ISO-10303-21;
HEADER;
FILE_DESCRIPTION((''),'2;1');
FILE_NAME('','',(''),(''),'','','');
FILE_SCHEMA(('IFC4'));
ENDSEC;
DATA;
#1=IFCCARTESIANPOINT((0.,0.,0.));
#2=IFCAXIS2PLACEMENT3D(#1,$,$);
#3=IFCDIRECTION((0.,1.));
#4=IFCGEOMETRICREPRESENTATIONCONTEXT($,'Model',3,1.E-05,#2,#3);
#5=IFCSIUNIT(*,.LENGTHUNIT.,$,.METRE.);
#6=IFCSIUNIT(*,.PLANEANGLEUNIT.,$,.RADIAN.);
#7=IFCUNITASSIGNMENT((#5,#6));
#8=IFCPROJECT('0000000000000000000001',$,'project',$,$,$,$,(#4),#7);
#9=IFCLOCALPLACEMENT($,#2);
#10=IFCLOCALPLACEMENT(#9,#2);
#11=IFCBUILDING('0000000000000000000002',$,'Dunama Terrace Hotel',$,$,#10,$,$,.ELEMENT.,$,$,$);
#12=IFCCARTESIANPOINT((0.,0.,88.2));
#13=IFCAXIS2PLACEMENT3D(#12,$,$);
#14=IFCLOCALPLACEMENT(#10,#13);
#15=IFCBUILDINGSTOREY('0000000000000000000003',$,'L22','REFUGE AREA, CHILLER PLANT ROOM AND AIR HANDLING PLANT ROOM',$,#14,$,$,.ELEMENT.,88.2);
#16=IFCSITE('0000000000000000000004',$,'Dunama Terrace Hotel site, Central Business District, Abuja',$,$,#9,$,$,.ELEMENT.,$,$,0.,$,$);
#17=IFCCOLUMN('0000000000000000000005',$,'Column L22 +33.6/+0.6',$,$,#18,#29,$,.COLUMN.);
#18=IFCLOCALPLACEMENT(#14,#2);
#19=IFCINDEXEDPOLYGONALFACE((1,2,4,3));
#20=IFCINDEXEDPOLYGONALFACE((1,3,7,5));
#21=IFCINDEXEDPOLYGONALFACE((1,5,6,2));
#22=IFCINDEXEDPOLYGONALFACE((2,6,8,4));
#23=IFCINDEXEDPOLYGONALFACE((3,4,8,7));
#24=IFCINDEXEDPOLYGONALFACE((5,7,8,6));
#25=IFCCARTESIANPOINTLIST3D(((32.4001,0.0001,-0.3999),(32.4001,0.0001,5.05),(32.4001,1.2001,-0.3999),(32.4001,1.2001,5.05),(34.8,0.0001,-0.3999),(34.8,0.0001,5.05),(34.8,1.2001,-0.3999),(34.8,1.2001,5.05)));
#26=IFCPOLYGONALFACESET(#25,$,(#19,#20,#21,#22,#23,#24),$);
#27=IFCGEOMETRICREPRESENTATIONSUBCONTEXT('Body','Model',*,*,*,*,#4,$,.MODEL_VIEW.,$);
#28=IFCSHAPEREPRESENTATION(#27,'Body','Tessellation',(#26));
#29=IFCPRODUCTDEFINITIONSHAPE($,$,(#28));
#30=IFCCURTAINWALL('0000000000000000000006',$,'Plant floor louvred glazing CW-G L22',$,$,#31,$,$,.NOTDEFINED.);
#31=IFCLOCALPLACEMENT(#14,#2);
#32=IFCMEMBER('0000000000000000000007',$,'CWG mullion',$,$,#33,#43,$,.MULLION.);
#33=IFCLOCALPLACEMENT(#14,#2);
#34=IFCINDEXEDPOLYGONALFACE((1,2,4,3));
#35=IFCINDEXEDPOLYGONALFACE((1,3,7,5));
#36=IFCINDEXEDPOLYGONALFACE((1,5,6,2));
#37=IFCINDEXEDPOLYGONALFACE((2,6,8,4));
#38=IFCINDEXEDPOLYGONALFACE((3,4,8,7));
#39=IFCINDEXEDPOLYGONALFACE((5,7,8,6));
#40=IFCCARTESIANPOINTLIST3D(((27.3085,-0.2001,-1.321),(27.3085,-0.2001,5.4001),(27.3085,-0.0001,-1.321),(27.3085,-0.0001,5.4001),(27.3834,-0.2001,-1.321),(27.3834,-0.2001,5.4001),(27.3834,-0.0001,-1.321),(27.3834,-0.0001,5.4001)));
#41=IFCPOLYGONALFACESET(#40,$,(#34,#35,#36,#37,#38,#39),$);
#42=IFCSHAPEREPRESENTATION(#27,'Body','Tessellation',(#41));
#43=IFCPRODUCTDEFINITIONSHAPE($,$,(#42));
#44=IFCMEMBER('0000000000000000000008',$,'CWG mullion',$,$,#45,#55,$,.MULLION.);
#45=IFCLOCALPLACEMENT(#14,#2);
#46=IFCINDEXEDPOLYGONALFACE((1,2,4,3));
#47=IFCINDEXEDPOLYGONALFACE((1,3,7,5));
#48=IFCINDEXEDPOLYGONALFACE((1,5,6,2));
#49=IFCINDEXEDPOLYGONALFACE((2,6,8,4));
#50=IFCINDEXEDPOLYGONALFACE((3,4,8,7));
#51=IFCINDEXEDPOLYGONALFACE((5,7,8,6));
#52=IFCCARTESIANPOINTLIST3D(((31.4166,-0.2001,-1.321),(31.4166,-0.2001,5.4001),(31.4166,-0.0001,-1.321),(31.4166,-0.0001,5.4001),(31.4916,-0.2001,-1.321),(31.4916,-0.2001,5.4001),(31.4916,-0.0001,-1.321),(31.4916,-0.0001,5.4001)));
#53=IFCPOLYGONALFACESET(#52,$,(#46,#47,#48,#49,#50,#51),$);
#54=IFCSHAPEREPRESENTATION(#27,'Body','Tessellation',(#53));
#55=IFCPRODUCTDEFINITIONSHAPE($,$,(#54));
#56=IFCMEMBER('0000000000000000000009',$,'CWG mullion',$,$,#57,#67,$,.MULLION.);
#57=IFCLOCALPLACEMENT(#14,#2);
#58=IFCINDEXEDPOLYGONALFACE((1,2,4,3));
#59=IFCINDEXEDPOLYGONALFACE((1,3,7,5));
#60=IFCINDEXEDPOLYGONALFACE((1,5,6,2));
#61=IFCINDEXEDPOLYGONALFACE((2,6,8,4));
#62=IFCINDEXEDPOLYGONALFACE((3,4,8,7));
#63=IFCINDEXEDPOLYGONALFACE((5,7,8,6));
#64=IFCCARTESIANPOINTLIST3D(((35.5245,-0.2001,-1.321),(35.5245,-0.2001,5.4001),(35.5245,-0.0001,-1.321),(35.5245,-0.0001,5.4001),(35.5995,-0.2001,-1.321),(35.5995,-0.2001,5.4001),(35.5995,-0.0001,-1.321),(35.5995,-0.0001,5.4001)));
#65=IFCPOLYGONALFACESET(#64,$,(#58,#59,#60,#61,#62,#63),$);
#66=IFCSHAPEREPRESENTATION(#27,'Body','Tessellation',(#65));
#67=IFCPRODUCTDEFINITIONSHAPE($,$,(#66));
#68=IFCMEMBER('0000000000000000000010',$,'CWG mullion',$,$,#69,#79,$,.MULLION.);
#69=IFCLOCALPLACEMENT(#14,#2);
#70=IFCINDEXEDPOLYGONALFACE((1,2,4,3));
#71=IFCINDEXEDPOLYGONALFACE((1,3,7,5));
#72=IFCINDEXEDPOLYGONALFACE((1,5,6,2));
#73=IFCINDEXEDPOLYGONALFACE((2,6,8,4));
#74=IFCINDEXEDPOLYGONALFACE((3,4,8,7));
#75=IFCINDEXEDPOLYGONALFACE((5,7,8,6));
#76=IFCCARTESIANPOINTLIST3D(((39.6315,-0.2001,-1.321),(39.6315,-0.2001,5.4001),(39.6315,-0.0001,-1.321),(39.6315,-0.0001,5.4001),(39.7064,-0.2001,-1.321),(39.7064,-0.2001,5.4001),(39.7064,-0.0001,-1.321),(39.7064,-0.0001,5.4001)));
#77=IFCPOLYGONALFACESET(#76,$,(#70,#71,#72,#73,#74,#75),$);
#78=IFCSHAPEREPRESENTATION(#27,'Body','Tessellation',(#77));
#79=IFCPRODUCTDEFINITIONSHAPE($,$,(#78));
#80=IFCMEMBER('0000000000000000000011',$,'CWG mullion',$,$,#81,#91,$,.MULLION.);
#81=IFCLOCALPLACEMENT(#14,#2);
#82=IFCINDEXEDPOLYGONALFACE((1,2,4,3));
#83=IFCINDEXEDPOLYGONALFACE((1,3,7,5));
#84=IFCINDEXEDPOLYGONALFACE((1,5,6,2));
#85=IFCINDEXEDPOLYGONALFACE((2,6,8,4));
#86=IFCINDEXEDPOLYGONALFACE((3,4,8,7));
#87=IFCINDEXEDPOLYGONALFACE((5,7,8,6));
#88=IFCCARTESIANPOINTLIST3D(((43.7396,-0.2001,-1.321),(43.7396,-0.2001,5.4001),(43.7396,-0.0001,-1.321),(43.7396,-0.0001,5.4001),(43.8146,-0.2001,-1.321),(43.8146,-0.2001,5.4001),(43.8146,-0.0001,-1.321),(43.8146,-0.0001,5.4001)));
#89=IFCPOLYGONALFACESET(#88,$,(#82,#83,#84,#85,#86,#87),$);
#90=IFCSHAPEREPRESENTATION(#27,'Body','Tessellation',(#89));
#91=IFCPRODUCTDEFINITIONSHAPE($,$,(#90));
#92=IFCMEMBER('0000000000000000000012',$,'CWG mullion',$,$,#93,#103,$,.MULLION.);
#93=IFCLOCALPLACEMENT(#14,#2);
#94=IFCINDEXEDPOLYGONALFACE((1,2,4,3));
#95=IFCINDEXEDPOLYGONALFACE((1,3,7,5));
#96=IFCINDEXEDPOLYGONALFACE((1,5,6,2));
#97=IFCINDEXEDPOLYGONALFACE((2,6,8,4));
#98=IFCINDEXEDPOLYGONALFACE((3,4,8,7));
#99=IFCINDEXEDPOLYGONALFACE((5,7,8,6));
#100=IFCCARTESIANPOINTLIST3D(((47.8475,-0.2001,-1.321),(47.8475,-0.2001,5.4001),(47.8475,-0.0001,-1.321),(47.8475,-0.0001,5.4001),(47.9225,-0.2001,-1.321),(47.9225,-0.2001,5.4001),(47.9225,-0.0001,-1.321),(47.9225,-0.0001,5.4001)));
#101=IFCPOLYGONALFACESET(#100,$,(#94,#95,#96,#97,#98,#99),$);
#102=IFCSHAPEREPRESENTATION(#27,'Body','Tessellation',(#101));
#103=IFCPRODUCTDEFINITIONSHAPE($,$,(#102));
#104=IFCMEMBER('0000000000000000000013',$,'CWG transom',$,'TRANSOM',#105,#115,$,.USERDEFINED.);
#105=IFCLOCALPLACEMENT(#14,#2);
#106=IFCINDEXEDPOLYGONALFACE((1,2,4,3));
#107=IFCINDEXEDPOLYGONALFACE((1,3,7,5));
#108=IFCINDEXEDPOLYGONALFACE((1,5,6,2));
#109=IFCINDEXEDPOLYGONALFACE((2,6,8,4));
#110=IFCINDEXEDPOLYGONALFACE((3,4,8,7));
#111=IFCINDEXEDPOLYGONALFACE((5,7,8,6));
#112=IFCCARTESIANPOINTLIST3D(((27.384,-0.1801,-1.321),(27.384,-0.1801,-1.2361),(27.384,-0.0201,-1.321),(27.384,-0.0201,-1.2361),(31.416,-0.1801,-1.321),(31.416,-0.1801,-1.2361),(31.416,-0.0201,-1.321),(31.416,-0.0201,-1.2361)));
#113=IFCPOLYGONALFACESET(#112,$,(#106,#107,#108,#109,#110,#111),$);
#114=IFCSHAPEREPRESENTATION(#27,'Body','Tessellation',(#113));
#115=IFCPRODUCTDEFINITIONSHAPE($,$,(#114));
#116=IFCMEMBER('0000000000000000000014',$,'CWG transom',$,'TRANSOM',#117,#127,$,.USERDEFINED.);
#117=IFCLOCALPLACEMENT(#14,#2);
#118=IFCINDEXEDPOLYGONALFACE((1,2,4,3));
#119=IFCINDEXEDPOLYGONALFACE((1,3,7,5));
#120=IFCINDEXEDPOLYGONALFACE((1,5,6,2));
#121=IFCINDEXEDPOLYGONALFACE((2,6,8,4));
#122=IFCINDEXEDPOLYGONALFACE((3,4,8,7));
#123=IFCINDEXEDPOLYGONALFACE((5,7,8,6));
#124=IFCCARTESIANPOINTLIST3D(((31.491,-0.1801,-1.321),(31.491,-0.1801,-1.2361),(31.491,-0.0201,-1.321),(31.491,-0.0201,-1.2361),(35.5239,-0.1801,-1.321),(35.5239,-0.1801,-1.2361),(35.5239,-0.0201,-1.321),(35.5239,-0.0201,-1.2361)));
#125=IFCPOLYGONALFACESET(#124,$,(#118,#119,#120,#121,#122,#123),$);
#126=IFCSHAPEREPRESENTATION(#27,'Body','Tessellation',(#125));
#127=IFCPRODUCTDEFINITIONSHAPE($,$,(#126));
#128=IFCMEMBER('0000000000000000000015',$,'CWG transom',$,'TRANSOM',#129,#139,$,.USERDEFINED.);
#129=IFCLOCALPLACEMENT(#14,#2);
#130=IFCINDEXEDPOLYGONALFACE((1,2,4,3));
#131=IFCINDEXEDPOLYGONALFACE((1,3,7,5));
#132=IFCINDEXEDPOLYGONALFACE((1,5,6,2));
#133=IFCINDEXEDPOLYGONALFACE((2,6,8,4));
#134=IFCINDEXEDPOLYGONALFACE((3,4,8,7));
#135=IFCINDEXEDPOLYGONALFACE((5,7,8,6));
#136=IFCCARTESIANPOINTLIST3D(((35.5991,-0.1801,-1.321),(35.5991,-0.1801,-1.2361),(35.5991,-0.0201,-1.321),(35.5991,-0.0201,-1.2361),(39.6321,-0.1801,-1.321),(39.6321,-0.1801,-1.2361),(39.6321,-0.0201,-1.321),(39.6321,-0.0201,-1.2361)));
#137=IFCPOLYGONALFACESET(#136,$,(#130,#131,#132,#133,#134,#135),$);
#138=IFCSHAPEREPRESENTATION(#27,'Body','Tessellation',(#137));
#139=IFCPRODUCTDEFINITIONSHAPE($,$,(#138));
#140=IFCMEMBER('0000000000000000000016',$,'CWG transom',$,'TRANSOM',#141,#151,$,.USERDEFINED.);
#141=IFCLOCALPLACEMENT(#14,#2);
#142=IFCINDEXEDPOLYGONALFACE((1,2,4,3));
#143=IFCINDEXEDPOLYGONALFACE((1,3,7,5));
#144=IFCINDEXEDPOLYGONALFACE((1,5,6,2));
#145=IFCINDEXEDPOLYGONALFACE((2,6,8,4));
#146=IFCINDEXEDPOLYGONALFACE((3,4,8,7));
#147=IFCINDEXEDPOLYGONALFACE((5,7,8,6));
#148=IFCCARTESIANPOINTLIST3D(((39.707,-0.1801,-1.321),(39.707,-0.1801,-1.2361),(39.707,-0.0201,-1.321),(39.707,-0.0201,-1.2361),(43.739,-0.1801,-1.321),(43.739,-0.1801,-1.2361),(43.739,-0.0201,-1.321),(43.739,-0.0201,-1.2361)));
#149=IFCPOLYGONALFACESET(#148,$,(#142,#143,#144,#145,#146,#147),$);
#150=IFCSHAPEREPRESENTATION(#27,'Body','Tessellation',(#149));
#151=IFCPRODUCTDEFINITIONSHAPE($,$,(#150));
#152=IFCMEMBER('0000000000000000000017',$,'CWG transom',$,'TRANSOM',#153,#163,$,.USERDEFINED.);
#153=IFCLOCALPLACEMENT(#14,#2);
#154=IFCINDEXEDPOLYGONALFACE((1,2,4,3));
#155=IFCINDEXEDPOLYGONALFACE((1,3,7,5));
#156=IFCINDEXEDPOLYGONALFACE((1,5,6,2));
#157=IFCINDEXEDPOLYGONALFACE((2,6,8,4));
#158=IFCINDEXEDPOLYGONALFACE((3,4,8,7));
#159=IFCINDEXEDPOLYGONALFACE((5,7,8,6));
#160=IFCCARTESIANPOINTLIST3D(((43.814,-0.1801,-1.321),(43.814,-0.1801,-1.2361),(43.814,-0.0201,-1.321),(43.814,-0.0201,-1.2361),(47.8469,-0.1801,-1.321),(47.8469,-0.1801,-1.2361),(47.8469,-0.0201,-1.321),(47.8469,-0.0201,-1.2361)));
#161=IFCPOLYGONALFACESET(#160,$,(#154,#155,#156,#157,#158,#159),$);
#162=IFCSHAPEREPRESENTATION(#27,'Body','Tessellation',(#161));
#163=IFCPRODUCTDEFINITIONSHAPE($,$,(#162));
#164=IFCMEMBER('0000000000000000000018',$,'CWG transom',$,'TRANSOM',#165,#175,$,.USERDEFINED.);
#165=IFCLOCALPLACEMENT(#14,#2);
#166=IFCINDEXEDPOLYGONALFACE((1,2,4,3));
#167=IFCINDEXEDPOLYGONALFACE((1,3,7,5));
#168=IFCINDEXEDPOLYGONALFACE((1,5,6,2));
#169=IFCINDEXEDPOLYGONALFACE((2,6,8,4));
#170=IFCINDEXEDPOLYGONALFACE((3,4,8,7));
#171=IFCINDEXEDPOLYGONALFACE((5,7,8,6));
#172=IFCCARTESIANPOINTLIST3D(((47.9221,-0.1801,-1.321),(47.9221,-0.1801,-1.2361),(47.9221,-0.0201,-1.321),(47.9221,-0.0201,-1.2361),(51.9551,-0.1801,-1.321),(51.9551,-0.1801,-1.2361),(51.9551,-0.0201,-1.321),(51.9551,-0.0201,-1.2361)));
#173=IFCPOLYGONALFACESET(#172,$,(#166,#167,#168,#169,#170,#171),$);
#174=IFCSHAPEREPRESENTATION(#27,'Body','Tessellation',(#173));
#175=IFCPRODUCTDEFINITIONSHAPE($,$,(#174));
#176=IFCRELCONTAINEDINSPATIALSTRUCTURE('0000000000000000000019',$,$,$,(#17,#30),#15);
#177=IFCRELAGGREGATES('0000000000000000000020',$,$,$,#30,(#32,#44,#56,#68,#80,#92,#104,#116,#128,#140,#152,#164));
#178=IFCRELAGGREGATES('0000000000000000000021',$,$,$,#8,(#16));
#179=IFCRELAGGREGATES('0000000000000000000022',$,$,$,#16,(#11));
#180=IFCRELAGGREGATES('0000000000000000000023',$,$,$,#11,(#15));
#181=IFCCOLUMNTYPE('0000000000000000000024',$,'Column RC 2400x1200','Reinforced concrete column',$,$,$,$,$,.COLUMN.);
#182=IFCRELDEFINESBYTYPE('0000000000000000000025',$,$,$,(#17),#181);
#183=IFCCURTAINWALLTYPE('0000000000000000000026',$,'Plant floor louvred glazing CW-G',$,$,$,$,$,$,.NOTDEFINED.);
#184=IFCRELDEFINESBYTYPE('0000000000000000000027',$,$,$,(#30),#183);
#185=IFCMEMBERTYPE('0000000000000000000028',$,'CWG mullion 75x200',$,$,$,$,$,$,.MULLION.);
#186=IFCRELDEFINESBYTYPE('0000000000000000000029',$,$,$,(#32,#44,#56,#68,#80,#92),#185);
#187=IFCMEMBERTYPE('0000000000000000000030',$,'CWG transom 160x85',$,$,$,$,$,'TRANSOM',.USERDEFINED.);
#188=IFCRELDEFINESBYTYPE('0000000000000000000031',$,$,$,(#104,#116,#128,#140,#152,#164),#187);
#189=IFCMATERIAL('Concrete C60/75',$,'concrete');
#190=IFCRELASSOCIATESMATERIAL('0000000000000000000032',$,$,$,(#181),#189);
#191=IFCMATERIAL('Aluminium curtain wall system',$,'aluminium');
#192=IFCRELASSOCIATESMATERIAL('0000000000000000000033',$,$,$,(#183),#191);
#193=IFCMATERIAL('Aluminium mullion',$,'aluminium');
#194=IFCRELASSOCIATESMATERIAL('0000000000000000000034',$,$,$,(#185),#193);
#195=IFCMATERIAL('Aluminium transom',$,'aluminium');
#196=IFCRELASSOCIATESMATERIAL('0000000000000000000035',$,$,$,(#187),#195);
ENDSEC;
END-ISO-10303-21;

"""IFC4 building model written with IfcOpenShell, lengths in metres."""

from ifc_helpers import new_model, si_unit, direction, frame, origin, origin_2d, place, context, subcontext, project, spatial, rectangle, extrude, material, material_profile, profile_set, type_object, element, aggregate, save


model = new_model("IFC4")

# Units and contexts
model_context = context("Model", 3, precision=1e-05, world=origin(), true_north=direction((0.0, 1.0)))
body_context = subcontext(model_context, "Body", "Model", "MODEL_VIEW")
ifc_project = project(units=[si_unit("LENGTHUNIT", "METRE"), si_unit("PLANEANGLEUNIT", "RADIAN")], contexts=[model_context])

# Site, building, storey
site_placement = place(None, origin())
site = spatial("IfcSite", under=ifc_project, at=site_placement, Name="Dunama Terrace Hotel site, Central Business District, Abuja", CompositionType="ELEMENT", RefElevation=0.0)
building_placement = place(site_placement, origin())
building = spatial("IfcBuilding", under=site, at=building_placement, Name="Dunama Terrace Hotel", CompositionType="ELEMENT")
storey_placement = place(building_placement, frame((0.0, 0.0, 88.2)))
storey = spatial("IfcBuildingStorey", under=building, at=storey_placement, Name="L22", Description="REFUGE AREA, CHILLER PLANT ROOM AND AIR HANDLING PLANT ROOM", CompositionType="ELEMENT", Elevation=88.2)

# Column
ifc_material_1 = material(Name="Concrete C60/75", Category="concrete")
ifc_material_profile_1 = material_profile(ifc_material_1, rectangle(XDim=2.3999, YDim=1.2, at=origin_2d()), Name="RC 2400x1200")
ifc_profile_set_1 = profile_set([ifc_material_profile_1], Name="Concrete C60/75")
column_type = type_object("IfcColumnType", Name="Column RC 2400x1200", Description="Reinforced concrete column", PredefinedType="COLUMN", material=ifc_profile_set_1)
column_placement = place(storey_placement, frame((33.6001, 0.6001, -0.3999), z_axis=(0.0, 0.0, 1.0), x_axis=(1.0, 0.0, 0.0)))
element("IfcColumn", 1, at=column_placement, inside=storey, type_object=column_type, Name="Column L22 +33.6/+0.6", PredefinedType="COLUMN", context=body_context, shape_type="SweptSolid", body=[
    extrude(rectangle(XDim=2.3999, YDim=1.2, at=origin_2d()), origin(), (0.0, 0.0, 1.0), 5.45),
])

# Curtain wall, members
ifc_material_2 = material(Name="Aluminium curtain wall system", Category="aluminium")
curtain_wall_type = type_object("IfcCurtainWallType", Name="Plant floor louvred glazing CW-G", PredefinedType="NOTDEFINED", material=ifc_material_2)
curtain_wall_placement = place(storey_placement, origin())
curtain_wall = element("IfcCurtainWall", 2, at=curtain_wall_placement, inside=storey, type_object=curtain_wall_type, Name="Plant floor louvred glazing CW-G L22", PredefinedType="NOTDEFINED")
ifc_material_3 = material(Name="Aluminium mullion", Category="aluminium")
ifc_material_profile_2 = material_profile(ifc_material_3, rectangle(XDim=0.075, YDim=0.2, at=origin_2d()), Name="CWG MULLION 75X200")
ifc_profile_set_2 = profile_set([ifc_material_profile_2], Name="Aluminium mullion")
member_type_1 = type_object("IfcMemberType", Name="CWG mullion 75x200", PredefinedType="MULLION", material=ifc_profile_set_2)
member_1_placement = place(storey_placement, frame((27.3459, -0.1001, -1.321), z_axis=(0.0, 0.0, 1.0), x_axis=(1.0, 0.0, 0.0)))
member_1 = element("IfcMember", 3, at=member_1_placement, type_object=member_type_1, Name="CWG mullion", PredefinedType="MULLION", context=body_context, shape_type="SweptSolid", body=[
    extrude(rectangle(XDim=0.075, YDim=0.2, at=origin_2d()), origin(), (0.0, 0.0, 1.0), 6.7212),
])
member_2_placement = place(storey_placement, frame((31.4541, -0.1001, -1.321), z_axis=(0.0, 0.0, 1.0), x_axis=(1.0, 0.0, 0.0)))
member_2 = element("IfcMember", 4, at=member_2_placement, type_object=member_type_1, Name="CWG mullion", PredefinedType="MULLION", context=body_context, shape_type="SweptSolid", body=[
    extrude(rectangle(XDim=0.075, YDim=0.2, at=origin_2d()), origin(), (0.0, 0.0, 1.0), 6.7212),
])
member_3_placement = place(storey_placement, frame((35.562, -0.1001, -1.321), z_axis=(0.0, 0.0, 1.0), x_axis=(1.0, 0.0, 0.0)))
member_3 = element("IfcMember", 5, at=member_3_placement, type_object=member_type_1, Name="CWG mullion", PredefinedType="MULLION", context=body_context, shape_type="SweptSolid", body=[
    extrude(rectangle(XDim=0.075, YDim=0.2, at=origin_2d()), origin(), (0.0, 0.0, 1.0), 6.7212),
])
member_4_placement = place(storey_placement, frame((39.6689, -0.1001, -1.321), z_axis=(0.0, 0.0, 1.0), x_axis=(1.0, 0.0, 0.0)))
member_4 = element("IfcMember", 6, at=member_4_placement, type_object=member_type_1, Name="CWG mullion", PredefinedType="MULLION", context=body_context, shape_type="SweptSolid", body=[
    extrude(rectangle(XDim=0.075, YDim=0.2, at=origin_2d()), origin(), (0.0, 0.0, 1.0), 6.7212),
])
member_5_placement = place(storey_placement, frame((43.7771, -0.1001, -1.321), z_axis=(0.0, 0.0, 1.0), x_axis=(1.0, 0.0, 0.0)))
member_5 = element("IfcMember", 7, at=member_5_placement, type_object=member_type_1, Name="CWG mullion", PredefinedType="MULLION", context=body_context, shape_type="SweptSolid", body=[
    extrude(rectangle(XDim=0.075, YDim=0.2, at=origin_2d()), origin(), (0.0, 0.0, 1.0), 6.7212),
])
member_6_placement = place(storey_placement, frame((47.885, -0.1001, -1.321), z_axis=(0.0, 0.0, 1.0), x_axis=(1.0, 0.0, 0.0)))
member_6 = element("IfcMember", 8, at=member_6_placement, type_object=member_type_1, Name="CWG mullion", PredefinedType="MULLION", context=body_context, shape_type="SweptSolid", body=[
    extrude(rectangle(XDim=0.075, YDim=0.2, at=origin_2d()), origin(), (0.0, 0.0, 1.0), 6.7212),
])
ifc_material_4 = material(Name="Aluminium transom", Category="aluminium")
ifc_material_profile_3 = material_profile(ifc_material_4, rectangle(XDim=0.1599, YDim=0.085, at=origin_2d()), Name="CWG TRANSOM 160X85")
ifc_profile_set_3 = profile_set([ifc_material_profile_3], Name="Aluminium transom")
member_type_2 = type_object("IfcMemberType", Name="CWG transom 160x85", ElementType="TRANSOM", PredefinedType="USERDEFINED", material=ifc_profile_set_3)
member_7_placement = place(storey_placement, frame((27.384, -0.1001, -1.2786), z_axis=(1.0, 0.0, 0.0), x_axis=(0.0, 1.0, 0.0)))
member_7 = element("IfcMember", 9, at=member_7_placement, type_object=member_type_2, Name="CWG transom", ObjectType="TRANSOM", PredefinedType="USERDEFINED", context=body_context, shape_type="SweptSolid", body=[
    extrude(rectangle(XDim=0.1599, YDim=0.085, at=origin_2d()), origin(), (0.0, 0.0, 1.0), 4.032),
])
member_8_placement = place(storey_placement, frame((31.491, -0.1001, -1.2786), z_axis=(1.0, 0.0, 0.0), x_axis=(0.0, 1.0, 0.0)))
member_8 = element("IfcMember", 10, at=member_8_placement, type_object=member_type_2, Name="CWG transom", ObjectType="TRANSOM", PredefinedType="USERDEFINED", context=body_context, shape_type="SweptSolid", body=[
    extrude(rectangle(XDim=0.1599, YDim=0.085, at=origin_2d()), origin(), (0.0, 0.0, 1.0), 4.033),
])
member_9_placement = place(storey_placement, frame((35.5991, -0.1001, -1.2786), z_axis=(1.0, 0.0, 0.0), x_axis=(0.0, 1.0, 0.0)))
member_9 = element("IfcMember", 11, at=member_9_placement, type_object=member_type_2, Name="CWG transom", ObjectType="TRANSOM", PredefinedType="USERDEFINED", context=body_context, shape_type="SweptSolid", body=[
    extrude(rectangle(XDim=0.1599, YDim=0.085, at=origin_2d()), origin(), (0.0, 0.0, 1.0), 4.033),
])
member_10_placement = place(storey_placement, frame((39.707, -0.1001, -1.2786), z_axis=(1.0, 0.0, 0.0), x_axis=(0.0, 1.0, 0.0)))
member_10 = element("IfcMember", 12, at=member_10_placement, type_object=member_type_2, Name="CWG transom", ObjectType="TRANSOM", PredefinedType="USERDEFINED", context=body_context, shape_type="SweptSolid", body=[
    extrude(rectangle(XDim=0.1599, YDim=0.085, at=origin_2d()), origin(), (0.0, 0.0, 1.0), 4.032),
])
member_11_placement = place(storey_placement, frame((43.814, -0.1001, -1.2786), z_axis=(1.0, 0.0, 0.0), x_axis=(0.0, 1.0, 0.0)))
member_11 = element("IfcMember", 13, at=member_11_placement, type_object=member_type_2, Name="CWG transom", ObjectType="TRANSOM", PredefinedType="USERDEFINED", context=body_context, shape_type="SweptSolid", body=[
    extrude(rectangle(XDim=0.1599, YDim=0.085, at=origin_2d()), origin(), (0.0, 0.0, 1.0), 4.033),
])
member_12_placement = place(storey_placement, frame((47.9221, -0.1001, -1.2786), z_axis=(1.0, 0.0, 0.0), x_axis=(0.0, 1.0, 0.0)))
member_12 = element("IfcMember", 14, at=member_12_placement, type_object=member_type_2, Name="CWG transom", ObjectType="TRANSOM", PredefinedType="USERDEFINED", context=body_context, shape_type="SweptSolid", body=[
    extrude(rectangle(XDim=0.1599, YDim=0.085, at=origin_2d()), origin(), (0.0, 0.0, 1.0), 4.033),
])

aggregate(curtain_wall, [member_1, member_2, member_3, member_4, member_5, member_6, member_7, member_8, member_9, member_10, member_11, member_12])

save(model, "model.ifc")
